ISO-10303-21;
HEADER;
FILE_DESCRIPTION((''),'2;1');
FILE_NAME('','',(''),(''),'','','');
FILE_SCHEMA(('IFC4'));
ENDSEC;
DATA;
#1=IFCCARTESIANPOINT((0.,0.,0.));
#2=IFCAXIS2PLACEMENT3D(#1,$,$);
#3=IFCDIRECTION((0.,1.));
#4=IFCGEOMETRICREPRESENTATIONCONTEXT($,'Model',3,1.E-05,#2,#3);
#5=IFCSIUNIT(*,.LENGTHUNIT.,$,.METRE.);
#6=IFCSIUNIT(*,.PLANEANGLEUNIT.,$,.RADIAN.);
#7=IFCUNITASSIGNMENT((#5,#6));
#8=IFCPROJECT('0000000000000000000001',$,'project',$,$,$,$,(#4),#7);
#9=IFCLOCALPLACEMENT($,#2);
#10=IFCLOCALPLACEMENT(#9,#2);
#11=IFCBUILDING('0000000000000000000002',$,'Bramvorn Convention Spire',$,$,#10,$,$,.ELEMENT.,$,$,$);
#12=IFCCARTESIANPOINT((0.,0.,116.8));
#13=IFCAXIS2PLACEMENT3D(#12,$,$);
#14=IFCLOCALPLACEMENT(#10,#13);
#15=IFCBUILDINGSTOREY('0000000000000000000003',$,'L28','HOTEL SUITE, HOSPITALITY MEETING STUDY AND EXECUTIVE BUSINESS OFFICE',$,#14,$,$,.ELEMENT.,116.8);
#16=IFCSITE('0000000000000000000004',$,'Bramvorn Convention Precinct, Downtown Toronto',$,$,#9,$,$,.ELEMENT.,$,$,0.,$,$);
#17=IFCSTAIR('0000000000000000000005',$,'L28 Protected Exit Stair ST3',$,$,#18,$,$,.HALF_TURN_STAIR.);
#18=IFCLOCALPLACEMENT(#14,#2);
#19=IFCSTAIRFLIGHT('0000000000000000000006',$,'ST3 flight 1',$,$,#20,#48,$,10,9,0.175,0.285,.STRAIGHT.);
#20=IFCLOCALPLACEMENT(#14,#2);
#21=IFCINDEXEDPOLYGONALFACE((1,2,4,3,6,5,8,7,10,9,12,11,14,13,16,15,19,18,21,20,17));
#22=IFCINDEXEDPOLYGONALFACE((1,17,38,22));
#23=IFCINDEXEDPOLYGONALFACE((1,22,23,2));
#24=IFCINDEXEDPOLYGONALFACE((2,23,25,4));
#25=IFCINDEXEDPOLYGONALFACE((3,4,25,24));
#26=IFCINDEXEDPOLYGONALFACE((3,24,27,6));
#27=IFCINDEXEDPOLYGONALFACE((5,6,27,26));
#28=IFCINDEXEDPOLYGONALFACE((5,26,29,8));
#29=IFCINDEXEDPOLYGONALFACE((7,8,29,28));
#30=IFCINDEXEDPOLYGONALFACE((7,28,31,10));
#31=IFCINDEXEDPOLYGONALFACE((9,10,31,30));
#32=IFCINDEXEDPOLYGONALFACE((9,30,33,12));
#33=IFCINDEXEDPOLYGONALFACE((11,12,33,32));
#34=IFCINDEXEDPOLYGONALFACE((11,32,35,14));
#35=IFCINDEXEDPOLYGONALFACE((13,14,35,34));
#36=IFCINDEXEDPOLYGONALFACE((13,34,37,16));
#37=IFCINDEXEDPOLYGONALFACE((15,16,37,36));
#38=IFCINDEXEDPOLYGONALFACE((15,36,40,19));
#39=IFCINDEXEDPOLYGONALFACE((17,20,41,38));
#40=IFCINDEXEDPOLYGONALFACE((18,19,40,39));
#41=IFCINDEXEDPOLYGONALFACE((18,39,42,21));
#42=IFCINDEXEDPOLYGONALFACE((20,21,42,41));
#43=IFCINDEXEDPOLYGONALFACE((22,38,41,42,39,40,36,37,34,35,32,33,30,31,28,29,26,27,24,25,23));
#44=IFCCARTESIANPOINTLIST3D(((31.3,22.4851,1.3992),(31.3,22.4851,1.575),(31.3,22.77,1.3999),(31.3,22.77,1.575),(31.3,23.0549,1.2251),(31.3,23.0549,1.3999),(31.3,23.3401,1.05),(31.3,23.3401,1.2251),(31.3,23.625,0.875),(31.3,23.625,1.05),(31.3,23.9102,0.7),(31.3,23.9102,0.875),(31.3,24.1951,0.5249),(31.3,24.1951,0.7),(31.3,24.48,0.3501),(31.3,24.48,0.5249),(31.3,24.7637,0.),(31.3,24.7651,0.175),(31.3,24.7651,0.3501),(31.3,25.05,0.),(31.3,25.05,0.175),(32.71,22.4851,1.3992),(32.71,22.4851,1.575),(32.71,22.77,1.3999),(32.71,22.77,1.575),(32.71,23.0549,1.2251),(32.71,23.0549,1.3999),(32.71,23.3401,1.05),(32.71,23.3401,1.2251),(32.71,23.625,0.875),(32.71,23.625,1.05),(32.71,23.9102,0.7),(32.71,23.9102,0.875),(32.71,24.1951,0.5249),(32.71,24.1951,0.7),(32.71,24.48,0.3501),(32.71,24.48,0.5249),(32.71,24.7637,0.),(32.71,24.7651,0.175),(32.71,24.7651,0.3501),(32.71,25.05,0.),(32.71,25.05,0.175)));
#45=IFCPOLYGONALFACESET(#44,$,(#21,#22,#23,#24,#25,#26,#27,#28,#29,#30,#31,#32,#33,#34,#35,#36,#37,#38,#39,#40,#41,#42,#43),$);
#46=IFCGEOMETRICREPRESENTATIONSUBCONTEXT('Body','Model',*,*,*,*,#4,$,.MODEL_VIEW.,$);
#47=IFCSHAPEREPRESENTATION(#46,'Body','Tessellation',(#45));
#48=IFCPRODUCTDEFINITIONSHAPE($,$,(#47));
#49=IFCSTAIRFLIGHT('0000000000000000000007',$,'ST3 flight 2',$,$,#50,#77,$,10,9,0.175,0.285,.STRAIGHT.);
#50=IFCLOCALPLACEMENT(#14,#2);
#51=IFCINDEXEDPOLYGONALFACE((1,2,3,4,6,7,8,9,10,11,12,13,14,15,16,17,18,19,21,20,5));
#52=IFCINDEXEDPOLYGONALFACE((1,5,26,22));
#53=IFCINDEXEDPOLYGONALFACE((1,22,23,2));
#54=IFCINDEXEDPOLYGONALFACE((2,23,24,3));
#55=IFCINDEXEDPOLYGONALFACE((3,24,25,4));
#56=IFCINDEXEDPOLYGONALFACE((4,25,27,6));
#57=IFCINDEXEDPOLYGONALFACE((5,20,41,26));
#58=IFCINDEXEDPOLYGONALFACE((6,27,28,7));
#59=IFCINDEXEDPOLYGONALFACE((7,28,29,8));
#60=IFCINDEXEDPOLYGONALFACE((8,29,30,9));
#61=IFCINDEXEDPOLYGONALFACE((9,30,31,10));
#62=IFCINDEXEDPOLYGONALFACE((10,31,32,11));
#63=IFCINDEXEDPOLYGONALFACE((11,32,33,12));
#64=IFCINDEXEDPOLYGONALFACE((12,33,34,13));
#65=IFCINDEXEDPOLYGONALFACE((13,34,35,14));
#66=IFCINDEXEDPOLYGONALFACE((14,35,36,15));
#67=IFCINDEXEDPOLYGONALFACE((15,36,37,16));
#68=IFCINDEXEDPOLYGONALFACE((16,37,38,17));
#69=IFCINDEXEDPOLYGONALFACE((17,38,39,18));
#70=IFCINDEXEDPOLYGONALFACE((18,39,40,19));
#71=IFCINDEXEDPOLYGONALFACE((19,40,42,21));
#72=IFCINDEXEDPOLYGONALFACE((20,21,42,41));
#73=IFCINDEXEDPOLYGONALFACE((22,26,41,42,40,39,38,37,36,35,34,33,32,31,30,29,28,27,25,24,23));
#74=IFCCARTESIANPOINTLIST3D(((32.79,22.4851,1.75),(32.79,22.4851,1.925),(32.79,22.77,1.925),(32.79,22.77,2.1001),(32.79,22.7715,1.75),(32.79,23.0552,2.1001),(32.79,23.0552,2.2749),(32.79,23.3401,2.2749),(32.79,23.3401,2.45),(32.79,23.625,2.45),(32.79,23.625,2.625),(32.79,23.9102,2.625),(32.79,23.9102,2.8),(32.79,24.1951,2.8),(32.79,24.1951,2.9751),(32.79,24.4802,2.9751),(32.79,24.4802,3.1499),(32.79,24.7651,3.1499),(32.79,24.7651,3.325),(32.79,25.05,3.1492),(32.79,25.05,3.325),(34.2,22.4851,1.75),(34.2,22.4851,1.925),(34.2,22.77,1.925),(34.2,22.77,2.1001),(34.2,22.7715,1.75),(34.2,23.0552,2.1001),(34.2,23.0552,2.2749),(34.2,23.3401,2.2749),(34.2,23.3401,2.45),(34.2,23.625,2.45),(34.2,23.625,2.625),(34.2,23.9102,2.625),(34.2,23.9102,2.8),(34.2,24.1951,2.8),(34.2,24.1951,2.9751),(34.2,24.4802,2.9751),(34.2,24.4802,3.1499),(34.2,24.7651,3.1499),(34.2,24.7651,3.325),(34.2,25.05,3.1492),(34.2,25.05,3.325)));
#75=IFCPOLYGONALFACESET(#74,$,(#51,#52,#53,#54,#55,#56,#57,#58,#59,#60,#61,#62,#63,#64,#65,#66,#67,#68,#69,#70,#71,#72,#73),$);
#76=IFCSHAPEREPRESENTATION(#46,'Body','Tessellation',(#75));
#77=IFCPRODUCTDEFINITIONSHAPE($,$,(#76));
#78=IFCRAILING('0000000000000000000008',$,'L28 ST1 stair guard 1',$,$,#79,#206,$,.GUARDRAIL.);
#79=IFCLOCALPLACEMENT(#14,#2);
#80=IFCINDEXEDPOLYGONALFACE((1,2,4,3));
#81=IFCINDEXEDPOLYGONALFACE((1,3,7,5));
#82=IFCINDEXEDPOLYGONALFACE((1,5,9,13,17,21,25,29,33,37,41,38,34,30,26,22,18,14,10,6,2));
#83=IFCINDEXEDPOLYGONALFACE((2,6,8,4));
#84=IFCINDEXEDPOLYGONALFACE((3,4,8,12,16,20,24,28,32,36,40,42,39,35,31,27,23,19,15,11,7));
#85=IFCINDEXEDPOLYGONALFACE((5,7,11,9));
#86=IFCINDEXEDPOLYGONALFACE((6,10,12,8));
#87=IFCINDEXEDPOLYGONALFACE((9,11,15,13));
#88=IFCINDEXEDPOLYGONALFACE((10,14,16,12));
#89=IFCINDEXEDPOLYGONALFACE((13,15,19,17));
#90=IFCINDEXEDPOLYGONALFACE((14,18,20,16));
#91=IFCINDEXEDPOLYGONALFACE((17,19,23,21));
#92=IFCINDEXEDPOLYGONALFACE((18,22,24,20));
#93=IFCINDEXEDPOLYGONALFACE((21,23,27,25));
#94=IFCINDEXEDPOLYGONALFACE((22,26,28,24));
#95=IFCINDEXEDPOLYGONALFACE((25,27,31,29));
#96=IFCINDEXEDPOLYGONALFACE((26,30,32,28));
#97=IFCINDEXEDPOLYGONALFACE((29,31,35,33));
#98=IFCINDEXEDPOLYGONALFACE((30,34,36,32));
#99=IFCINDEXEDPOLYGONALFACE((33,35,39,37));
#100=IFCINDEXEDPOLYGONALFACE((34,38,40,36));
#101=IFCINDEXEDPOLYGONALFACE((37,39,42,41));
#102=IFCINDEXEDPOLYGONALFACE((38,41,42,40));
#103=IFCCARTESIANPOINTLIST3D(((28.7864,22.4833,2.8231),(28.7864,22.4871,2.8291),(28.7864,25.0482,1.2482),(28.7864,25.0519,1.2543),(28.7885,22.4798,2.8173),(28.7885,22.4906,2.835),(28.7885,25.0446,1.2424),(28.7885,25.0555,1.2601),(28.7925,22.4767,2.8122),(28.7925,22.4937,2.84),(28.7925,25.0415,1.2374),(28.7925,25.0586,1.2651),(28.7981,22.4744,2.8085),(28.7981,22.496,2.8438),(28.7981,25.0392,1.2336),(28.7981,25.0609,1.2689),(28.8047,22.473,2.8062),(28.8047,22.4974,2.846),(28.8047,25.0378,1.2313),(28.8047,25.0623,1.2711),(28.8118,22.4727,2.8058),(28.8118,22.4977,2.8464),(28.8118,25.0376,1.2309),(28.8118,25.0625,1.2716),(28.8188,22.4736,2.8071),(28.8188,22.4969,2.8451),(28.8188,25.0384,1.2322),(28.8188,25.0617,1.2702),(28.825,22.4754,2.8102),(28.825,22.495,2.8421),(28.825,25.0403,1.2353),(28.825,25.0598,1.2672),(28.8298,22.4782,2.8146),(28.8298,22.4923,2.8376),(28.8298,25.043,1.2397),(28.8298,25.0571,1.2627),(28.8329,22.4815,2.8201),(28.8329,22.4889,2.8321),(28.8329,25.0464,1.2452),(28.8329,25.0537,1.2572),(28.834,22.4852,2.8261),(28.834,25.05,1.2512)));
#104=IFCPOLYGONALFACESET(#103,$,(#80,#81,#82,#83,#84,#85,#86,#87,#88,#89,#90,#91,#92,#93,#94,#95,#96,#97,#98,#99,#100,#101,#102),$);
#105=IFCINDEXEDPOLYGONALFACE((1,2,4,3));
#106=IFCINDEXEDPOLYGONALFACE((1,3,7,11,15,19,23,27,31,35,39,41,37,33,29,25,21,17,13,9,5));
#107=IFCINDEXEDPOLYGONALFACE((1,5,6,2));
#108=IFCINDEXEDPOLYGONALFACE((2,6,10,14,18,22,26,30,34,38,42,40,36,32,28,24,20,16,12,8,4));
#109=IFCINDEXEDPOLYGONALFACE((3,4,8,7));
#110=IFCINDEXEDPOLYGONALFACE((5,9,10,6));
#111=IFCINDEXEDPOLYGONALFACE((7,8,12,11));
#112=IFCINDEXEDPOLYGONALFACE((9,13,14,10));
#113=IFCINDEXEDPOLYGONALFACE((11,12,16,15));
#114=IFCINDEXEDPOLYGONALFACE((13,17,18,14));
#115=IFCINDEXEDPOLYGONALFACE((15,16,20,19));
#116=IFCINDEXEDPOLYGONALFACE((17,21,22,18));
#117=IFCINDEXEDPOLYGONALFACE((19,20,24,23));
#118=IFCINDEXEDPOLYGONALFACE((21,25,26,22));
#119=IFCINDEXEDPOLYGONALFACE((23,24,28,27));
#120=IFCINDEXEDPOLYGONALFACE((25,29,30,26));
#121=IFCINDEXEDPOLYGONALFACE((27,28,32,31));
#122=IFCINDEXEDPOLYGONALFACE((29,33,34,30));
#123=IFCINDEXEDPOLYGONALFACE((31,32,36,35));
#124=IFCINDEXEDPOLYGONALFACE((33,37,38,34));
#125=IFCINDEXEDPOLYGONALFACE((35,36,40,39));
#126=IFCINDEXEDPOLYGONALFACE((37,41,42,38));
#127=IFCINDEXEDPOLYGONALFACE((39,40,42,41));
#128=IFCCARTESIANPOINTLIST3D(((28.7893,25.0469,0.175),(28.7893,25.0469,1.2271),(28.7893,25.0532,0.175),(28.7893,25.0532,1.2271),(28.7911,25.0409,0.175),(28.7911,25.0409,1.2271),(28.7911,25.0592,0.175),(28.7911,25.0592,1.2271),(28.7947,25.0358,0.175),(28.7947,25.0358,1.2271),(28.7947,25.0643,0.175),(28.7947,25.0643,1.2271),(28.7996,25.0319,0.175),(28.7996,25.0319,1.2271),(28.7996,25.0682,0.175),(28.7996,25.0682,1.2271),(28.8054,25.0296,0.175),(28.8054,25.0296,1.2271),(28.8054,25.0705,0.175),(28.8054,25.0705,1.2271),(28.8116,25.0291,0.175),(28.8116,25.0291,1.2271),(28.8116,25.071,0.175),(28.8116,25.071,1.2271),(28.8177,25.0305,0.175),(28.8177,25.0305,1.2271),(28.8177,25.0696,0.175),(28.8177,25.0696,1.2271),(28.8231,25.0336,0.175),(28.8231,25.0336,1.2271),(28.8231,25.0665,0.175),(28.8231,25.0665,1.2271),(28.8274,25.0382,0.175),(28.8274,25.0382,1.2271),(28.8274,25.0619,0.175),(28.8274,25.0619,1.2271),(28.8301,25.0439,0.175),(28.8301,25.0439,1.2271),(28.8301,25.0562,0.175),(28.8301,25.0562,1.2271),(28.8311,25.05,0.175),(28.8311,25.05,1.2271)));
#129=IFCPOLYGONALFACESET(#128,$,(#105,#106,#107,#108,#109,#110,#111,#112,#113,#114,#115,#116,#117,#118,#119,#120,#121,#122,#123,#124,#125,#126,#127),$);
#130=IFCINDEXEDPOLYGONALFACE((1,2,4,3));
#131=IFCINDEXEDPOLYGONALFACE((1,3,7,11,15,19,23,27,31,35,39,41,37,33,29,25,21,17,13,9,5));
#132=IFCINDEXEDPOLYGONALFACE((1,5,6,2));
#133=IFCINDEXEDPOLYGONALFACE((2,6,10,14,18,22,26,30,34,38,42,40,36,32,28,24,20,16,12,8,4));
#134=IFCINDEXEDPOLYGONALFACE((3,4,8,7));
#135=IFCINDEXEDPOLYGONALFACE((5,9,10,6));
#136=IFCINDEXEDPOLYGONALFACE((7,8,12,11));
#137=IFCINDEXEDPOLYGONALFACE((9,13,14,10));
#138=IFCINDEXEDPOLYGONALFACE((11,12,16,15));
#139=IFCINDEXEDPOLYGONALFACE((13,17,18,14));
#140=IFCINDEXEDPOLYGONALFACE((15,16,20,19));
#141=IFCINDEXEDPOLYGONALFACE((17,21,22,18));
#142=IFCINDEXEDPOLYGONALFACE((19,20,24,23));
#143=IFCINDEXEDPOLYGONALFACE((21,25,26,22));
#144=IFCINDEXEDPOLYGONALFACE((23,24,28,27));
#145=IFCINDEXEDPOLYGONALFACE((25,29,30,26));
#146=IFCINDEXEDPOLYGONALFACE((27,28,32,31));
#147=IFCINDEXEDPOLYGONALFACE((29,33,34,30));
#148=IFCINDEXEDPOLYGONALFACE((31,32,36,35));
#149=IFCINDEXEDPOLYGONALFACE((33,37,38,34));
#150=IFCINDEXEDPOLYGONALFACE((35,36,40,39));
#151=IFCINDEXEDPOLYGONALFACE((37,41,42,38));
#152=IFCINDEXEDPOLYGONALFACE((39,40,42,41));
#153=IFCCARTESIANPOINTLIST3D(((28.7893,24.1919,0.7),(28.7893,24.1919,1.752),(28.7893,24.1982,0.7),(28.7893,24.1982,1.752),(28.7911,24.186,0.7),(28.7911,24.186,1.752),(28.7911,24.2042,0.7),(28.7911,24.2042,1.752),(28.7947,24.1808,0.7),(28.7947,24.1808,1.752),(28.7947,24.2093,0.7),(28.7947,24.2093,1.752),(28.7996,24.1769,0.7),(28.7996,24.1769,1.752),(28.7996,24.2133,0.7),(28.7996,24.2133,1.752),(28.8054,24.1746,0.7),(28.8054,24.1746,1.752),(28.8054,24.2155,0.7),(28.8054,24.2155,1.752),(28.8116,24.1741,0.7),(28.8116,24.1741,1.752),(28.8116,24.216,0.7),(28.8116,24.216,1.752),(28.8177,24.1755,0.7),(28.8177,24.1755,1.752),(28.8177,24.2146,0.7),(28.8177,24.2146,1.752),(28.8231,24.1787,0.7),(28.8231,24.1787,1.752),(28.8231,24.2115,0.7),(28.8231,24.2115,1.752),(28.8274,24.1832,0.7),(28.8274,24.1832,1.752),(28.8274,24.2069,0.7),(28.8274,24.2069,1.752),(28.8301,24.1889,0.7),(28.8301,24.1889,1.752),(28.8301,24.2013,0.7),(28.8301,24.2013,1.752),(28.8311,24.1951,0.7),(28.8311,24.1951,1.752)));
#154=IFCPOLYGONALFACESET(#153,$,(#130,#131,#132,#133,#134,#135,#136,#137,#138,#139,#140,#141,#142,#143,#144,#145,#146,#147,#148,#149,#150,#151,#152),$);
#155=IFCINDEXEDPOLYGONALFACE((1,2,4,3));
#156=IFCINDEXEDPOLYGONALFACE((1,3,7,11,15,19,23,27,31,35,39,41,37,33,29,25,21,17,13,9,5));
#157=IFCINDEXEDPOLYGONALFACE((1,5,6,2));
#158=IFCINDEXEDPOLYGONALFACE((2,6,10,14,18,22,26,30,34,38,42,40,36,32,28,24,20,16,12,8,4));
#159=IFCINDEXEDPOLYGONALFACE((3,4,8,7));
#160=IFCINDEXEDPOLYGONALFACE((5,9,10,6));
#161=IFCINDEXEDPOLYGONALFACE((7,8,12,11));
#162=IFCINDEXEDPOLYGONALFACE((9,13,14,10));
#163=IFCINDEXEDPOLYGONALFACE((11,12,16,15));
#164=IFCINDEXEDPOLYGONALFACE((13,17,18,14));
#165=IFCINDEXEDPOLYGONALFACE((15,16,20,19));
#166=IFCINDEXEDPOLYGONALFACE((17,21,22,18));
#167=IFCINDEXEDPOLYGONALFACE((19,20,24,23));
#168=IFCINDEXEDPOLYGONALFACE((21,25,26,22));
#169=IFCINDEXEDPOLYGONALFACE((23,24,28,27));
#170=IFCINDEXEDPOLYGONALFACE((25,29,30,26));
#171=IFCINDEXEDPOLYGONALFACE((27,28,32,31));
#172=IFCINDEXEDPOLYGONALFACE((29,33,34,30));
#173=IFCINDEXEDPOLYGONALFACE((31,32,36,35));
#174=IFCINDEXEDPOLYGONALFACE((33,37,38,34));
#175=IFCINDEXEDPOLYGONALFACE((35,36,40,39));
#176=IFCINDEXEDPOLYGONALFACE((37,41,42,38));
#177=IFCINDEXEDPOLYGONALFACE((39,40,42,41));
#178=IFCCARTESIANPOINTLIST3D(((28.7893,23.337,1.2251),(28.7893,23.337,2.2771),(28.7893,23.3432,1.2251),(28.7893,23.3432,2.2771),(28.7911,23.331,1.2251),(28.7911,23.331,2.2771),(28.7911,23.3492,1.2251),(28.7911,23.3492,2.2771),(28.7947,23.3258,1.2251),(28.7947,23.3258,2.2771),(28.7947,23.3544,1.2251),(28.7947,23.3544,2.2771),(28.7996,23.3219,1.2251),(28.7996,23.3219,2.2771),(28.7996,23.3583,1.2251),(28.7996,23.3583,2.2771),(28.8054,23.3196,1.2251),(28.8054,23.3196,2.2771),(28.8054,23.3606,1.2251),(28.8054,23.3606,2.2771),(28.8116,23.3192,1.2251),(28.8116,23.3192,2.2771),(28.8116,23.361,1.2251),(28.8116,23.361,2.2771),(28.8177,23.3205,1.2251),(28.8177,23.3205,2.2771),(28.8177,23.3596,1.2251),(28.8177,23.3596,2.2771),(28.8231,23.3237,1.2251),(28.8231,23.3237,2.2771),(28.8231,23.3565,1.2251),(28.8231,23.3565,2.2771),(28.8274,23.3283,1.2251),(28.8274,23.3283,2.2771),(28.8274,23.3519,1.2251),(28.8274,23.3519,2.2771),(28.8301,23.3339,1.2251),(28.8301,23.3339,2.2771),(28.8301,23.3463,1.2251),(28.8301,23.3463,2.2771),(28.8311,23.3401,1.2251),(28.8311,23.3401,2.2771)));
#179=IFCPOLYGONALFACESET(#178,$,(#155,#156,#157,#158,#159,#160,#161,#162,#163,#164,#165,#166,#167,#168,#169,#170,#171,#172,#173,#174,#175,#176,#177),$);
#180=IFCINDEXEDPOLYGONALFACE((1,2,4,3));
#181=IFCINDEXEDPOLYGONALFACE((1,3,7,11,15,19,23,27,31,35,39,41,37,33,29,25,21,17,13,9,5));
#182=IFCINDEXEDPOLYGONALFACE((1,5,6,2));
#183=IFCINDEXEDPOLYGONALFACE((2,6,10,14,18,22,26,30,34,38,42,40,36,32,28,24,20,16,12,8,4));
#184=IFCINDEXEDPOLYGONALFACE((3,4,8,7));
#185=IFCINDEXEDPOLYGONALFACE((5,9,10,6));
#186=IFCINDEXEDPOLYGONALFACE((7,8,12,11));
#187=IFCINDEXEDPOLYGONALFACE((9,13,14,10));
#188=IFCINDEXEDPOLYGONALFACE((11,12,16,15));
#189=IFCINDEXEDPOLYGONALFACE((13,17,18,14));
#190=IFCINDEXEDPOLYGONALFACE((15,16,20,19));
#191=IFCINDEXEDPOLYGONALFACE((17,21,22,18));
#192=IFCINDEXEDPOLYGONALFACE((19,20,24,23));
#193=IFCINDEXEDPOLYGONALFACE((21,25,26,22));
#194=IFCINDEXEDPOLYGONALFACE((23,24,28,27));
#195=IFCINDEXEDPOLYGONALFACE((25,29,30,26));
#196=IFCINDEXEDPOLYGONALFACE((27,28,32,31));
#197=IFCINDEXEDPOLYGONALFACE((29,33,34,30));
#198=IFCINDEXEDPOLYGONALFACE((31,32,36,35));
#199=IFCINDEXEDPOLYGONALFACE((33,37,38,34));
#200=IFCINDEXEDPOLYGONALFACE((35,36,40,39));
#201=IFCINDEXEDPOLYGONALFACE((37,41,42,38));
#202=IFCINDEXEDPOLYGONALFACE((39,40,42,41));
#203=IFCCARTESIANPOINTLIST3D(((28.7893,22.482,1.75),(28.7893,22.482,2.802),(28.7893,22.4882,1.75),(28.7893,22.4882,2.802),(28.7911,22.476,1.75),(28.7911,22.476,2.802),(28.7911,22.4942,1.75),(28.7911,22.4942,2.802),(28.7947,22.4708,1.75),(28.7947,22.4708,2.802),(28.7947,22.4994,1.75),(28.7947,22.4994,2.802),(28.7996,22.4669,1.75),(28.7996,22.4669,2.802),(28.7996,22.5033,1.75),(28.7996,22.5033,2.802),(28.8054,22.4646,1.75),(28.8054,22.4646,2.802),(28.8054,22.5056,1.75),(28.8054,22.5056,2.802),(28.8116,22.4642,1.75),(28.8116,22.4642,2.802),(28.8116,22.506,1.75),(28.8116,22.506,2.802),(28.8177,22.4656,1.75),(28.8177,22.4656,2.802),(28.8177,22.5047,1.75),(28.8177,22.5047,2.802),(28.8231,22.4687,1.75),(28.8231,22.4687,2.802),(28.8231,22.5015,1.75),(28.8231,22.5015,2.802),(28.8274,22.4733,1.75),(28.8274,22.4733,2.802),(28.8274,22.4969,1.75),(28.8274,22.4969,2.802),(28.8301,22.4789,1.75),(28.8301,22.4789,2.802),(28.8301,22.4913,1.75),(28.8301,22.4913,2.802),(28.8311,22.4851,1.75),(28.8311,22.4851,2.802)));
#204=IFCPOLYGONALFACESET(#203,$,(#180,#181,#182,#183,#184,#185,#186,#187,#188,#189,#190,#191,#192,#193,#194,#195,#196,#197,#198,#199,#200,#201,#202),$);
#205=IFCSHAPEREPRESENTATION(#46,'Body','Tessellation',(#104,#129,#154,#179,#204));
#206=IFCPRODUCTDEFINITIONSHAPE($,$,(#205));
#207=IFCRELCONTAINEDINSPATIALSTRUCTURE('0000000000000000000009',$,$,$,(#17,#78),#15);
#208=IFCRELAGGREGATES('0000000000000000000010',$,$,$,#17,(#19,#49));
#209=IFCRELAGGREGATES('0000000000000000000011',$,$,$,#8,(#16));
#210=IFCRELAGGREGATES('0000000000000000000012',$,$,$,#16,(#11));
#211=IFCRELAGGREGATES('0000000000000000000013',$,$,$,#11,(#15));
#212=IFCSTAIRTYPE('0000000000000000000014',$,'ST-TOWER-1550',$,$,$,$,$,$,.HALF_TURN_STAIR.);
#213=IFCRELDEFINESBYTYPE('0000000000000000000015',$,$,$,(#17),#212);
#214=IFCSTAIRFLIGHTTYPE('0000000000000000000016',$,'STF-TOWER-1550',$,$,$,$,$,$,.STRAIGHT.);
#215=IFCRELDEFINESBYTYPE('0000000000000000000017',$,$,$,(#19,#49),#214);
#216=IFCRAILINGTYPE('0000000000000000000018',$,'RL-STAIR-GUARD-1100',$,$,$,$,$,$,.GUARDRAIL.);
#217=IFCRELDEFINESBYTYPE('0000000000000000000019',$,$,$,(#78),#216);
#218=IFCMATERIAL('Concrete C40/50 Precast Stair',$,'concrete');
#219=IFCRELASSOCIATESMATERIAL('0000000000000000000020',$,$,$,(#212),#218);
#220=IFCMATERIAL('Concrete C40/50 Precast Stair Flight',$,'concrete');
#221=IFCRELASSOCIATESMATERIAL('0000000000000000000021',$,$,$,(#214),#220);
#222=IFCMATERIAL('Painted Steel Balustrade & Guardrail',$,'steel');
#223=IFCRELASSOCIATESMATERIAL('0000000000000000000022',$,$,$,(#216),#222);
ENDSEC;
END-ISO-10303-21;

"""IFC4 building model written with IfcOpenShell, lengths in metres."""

from ifc_helpers import new_model, si_unit, direction, frame, origin, origin_2d, place, context, subcontext, project, spatial, polyline, circle, outline, extrude, material, type_object, element, aggregate, save


model = new_model("IFC4")

# Units and contexts
model_context = context("Model", 3, precision=1e-05, world=origin(), true_north=direction((0.0, 1.0)))
body_context = subcontext(model_context, "Body", "Model", "MODEL_VIEW")
ifc_project = project(units=[si_unit("LENGTHUNIT", "METRE"), si_unit("PLANEANGLEUNIT", "RADIAN")], contexts=[model_context])

# Site, building, storey
site_placement = place(None, origin())
site = spatial("IfcSite", under=ifc_project, at=site_placement, Name="Bramvorn Convention Precinct, Downtown Toronto", CompositionType="ELEMENT", RefElevation=0.0)
building_placement = place(site_placement, origin())
building = spatial("IfcBuilding", under=site, at=building_placement, Name="Bramvorn Convention Spire", CompositionType="ELEMENT")
storey_placement = place(building_placement, frame((0.0, 0.0, 116.8)))
storey = spatial("IfcBuildingStorey", under=building, at=storey_placement, Name="L28", Description="HOTEL SUITE, HOSPITALITY MEETING STUDY AND EXECUTIVE BUSINESS OFFICE", CompositionType="ELEMENT", Elevation=116.8)

# Stair, stair flights
ifc_material_1 = material(Name="Concrete C40/50 Precast Stair", Category="concrete")
stair_type = type_object("IfcStairType", Name="ST-TOWER-1550", PredefinedType="HALF_TURN_STAIR", material=ifc_material_1)
ifc_material_2 = material(Name="Concrete C40/50 Precast Stair Flight", Category="concrete")
stair_flight_type = type_object("IfcStairFlightType", Name="STF-TOWER-1550", PredefinedType="STRAIGHT", material=ifc_material_2)
stair_1_placement = place(storey_placement, origin())
stair_1 = element("IfcStair", 1, at=stair_1_placement, inside=storey, type_object=stair_type, Name="L28 Protected Exit Stair ST3", PredefinedType="HALF_TURN_STAIR")
stair_flight_1_placement = place(storey_placement, frame((32.0049, 25.05, 0.0), z_axis=(0.0, 0.0, 1.0), x_axis=(0.0, -1.0, 0.0)))
stair_flight_1 = element("IfcStairFlight", 2, at=stair_flight_1_placement, type_object=stair_flight_type, Name="ST3 flight 1", NumberOfRisers=10, NumberOfTreads=9, PredefinedType="STRAIGHT", RiserHeight=0.175, TreadLength=0.285, context=body_context, shape_type="SweptSolid", body=[
    extrude(outline(polyline([(0.0, 0.0), (0.0, 0.175), (0.2849, 0.175), (0.2849, 0.3501), (0.5701, 0.3501), (0.5701, 0.5249), (0.855, 0.5249), (0.855, 0.7), (1.1399, 0.7), (1.1399, 0.875), (1.425, 0.875), (1.425, 1.05), (1.71, 1.05), (1.71, 1.2251), (1.9951, 1.2251), (1.9951, 1.3999), (2.28, 1.3999), (2.28, 1.575), (2.5649, 1.575), (2.5649, 1.75), (2.5649, 1.3992), (0.2864, 0.0), (0.0, 0.0)])), frame((0.0, 0.7051, 0.0), z_axis=(0.0, -1.0, 0.0), x_axis=(1.0, 0.0, 0.0)), (0.0, 0.0, 1.0), 1.4099),
])
stair_flight_2_placement = place(storey_placement, frame((33.4951, 22.4851, 1.75), z_axis=(0.0, 0.0, 1.0), x_axis=(0.0, 1.0, 0.0)))
stair_flight_2 = element("IfcStairFlight", 3, at=stair_flight_2_placement, type_object=stair_flight_type, Name="ST3 flight 2", NumberOfRisers=10, NumberOfTreads=9, PredefinedType="STRAIGHT", RiserHeight=0.175, TreadLength=0.285, context=body_context, shape_type="SweptSolid", body=[
    extrude(outline(polyline([(0.0, 0.0), (0.0, 0.175), (0.2849, 0.175), (0.2849, 0.3501), (0.5701, 0.3501), (0.5701, 0.5249), (0.855, 0.5249), (0.855, 0.7), (1.1399, 0.7), (1.1399, 0.875), (1.425, 0.875), (1.425, 1.05), (1.71, 1.05), (1.71, 1.2251), (1.9951, 1.2251), (1.9951, 1.3999), (2.28, 1.3999), (2.28, 1.575), (2.5649, 1.575), (2.5649, 1.75), (2.5649, 1.3992), (0.2864, 0.0), (0.0, 0.0)])), frame((0.0, 0.7051, 0.0), z_axis=(0.0, -1.0, 0.0), x_axis=(1.0, 0.0, 0.0)), (0.0, 0.0, 1.0), 1.4099),
])
aggregate(stair_1, [stair_flight_1, stair_flight_2])

# Railing
ifc_material_3 = material(Name="Painted Steel Balustrade & Guardrail", Category="steel")
railing_type_1 = type_object("IfcRailingType", Name="RL-STAIR-GUARD-1100", PredefinedType="GUARDRAIL", material=ifc_material_3)
railing_1_placement = place(storey_placement, frame((28.8101, 25.05, 0.175)))
element("IfcRailing", 4, at=railing_1_placement, inside=storey, type_object=railing_type_1, Name="L28 ST1 stair guard 1", PredefinedType="GUARDRAIL", context=body_context, shape_type="SweptSolid", body=[
    extrude(circle(Radius=0.0239, at=origin_2d()), frame((0.0, 0.0, 1.0762), z_axis=(0.0, -0.852173, 0.52326), x_axis=(1.0, 0.0, 0.0)), (0.0, 0.0, 1.0), 3.0098),
    extrude(circle(Radius=0.021, at=origin_2d()), origin(), (0.0, 0.0, 1.0), 1.052),
    extrude(circle(Radius=0.021, at=origin_2d()), frame((0.0, -0.855, 0.5249)), (0.0, 0.0, 1.0), 1.052),
    extrude(circle(Radius=0.021, at=origin_2d()), frame((0.0, -1.71, 1.05)), (0.0, 0.0, 1.0), 1.052),
    extrude(circle(Radius=0.021, at=origin_2d()), frame((0.0, -2.5649, 1.575)), (0.0, 0.0, 1.0), 1.052),
])

save(model, "model.ifc")
